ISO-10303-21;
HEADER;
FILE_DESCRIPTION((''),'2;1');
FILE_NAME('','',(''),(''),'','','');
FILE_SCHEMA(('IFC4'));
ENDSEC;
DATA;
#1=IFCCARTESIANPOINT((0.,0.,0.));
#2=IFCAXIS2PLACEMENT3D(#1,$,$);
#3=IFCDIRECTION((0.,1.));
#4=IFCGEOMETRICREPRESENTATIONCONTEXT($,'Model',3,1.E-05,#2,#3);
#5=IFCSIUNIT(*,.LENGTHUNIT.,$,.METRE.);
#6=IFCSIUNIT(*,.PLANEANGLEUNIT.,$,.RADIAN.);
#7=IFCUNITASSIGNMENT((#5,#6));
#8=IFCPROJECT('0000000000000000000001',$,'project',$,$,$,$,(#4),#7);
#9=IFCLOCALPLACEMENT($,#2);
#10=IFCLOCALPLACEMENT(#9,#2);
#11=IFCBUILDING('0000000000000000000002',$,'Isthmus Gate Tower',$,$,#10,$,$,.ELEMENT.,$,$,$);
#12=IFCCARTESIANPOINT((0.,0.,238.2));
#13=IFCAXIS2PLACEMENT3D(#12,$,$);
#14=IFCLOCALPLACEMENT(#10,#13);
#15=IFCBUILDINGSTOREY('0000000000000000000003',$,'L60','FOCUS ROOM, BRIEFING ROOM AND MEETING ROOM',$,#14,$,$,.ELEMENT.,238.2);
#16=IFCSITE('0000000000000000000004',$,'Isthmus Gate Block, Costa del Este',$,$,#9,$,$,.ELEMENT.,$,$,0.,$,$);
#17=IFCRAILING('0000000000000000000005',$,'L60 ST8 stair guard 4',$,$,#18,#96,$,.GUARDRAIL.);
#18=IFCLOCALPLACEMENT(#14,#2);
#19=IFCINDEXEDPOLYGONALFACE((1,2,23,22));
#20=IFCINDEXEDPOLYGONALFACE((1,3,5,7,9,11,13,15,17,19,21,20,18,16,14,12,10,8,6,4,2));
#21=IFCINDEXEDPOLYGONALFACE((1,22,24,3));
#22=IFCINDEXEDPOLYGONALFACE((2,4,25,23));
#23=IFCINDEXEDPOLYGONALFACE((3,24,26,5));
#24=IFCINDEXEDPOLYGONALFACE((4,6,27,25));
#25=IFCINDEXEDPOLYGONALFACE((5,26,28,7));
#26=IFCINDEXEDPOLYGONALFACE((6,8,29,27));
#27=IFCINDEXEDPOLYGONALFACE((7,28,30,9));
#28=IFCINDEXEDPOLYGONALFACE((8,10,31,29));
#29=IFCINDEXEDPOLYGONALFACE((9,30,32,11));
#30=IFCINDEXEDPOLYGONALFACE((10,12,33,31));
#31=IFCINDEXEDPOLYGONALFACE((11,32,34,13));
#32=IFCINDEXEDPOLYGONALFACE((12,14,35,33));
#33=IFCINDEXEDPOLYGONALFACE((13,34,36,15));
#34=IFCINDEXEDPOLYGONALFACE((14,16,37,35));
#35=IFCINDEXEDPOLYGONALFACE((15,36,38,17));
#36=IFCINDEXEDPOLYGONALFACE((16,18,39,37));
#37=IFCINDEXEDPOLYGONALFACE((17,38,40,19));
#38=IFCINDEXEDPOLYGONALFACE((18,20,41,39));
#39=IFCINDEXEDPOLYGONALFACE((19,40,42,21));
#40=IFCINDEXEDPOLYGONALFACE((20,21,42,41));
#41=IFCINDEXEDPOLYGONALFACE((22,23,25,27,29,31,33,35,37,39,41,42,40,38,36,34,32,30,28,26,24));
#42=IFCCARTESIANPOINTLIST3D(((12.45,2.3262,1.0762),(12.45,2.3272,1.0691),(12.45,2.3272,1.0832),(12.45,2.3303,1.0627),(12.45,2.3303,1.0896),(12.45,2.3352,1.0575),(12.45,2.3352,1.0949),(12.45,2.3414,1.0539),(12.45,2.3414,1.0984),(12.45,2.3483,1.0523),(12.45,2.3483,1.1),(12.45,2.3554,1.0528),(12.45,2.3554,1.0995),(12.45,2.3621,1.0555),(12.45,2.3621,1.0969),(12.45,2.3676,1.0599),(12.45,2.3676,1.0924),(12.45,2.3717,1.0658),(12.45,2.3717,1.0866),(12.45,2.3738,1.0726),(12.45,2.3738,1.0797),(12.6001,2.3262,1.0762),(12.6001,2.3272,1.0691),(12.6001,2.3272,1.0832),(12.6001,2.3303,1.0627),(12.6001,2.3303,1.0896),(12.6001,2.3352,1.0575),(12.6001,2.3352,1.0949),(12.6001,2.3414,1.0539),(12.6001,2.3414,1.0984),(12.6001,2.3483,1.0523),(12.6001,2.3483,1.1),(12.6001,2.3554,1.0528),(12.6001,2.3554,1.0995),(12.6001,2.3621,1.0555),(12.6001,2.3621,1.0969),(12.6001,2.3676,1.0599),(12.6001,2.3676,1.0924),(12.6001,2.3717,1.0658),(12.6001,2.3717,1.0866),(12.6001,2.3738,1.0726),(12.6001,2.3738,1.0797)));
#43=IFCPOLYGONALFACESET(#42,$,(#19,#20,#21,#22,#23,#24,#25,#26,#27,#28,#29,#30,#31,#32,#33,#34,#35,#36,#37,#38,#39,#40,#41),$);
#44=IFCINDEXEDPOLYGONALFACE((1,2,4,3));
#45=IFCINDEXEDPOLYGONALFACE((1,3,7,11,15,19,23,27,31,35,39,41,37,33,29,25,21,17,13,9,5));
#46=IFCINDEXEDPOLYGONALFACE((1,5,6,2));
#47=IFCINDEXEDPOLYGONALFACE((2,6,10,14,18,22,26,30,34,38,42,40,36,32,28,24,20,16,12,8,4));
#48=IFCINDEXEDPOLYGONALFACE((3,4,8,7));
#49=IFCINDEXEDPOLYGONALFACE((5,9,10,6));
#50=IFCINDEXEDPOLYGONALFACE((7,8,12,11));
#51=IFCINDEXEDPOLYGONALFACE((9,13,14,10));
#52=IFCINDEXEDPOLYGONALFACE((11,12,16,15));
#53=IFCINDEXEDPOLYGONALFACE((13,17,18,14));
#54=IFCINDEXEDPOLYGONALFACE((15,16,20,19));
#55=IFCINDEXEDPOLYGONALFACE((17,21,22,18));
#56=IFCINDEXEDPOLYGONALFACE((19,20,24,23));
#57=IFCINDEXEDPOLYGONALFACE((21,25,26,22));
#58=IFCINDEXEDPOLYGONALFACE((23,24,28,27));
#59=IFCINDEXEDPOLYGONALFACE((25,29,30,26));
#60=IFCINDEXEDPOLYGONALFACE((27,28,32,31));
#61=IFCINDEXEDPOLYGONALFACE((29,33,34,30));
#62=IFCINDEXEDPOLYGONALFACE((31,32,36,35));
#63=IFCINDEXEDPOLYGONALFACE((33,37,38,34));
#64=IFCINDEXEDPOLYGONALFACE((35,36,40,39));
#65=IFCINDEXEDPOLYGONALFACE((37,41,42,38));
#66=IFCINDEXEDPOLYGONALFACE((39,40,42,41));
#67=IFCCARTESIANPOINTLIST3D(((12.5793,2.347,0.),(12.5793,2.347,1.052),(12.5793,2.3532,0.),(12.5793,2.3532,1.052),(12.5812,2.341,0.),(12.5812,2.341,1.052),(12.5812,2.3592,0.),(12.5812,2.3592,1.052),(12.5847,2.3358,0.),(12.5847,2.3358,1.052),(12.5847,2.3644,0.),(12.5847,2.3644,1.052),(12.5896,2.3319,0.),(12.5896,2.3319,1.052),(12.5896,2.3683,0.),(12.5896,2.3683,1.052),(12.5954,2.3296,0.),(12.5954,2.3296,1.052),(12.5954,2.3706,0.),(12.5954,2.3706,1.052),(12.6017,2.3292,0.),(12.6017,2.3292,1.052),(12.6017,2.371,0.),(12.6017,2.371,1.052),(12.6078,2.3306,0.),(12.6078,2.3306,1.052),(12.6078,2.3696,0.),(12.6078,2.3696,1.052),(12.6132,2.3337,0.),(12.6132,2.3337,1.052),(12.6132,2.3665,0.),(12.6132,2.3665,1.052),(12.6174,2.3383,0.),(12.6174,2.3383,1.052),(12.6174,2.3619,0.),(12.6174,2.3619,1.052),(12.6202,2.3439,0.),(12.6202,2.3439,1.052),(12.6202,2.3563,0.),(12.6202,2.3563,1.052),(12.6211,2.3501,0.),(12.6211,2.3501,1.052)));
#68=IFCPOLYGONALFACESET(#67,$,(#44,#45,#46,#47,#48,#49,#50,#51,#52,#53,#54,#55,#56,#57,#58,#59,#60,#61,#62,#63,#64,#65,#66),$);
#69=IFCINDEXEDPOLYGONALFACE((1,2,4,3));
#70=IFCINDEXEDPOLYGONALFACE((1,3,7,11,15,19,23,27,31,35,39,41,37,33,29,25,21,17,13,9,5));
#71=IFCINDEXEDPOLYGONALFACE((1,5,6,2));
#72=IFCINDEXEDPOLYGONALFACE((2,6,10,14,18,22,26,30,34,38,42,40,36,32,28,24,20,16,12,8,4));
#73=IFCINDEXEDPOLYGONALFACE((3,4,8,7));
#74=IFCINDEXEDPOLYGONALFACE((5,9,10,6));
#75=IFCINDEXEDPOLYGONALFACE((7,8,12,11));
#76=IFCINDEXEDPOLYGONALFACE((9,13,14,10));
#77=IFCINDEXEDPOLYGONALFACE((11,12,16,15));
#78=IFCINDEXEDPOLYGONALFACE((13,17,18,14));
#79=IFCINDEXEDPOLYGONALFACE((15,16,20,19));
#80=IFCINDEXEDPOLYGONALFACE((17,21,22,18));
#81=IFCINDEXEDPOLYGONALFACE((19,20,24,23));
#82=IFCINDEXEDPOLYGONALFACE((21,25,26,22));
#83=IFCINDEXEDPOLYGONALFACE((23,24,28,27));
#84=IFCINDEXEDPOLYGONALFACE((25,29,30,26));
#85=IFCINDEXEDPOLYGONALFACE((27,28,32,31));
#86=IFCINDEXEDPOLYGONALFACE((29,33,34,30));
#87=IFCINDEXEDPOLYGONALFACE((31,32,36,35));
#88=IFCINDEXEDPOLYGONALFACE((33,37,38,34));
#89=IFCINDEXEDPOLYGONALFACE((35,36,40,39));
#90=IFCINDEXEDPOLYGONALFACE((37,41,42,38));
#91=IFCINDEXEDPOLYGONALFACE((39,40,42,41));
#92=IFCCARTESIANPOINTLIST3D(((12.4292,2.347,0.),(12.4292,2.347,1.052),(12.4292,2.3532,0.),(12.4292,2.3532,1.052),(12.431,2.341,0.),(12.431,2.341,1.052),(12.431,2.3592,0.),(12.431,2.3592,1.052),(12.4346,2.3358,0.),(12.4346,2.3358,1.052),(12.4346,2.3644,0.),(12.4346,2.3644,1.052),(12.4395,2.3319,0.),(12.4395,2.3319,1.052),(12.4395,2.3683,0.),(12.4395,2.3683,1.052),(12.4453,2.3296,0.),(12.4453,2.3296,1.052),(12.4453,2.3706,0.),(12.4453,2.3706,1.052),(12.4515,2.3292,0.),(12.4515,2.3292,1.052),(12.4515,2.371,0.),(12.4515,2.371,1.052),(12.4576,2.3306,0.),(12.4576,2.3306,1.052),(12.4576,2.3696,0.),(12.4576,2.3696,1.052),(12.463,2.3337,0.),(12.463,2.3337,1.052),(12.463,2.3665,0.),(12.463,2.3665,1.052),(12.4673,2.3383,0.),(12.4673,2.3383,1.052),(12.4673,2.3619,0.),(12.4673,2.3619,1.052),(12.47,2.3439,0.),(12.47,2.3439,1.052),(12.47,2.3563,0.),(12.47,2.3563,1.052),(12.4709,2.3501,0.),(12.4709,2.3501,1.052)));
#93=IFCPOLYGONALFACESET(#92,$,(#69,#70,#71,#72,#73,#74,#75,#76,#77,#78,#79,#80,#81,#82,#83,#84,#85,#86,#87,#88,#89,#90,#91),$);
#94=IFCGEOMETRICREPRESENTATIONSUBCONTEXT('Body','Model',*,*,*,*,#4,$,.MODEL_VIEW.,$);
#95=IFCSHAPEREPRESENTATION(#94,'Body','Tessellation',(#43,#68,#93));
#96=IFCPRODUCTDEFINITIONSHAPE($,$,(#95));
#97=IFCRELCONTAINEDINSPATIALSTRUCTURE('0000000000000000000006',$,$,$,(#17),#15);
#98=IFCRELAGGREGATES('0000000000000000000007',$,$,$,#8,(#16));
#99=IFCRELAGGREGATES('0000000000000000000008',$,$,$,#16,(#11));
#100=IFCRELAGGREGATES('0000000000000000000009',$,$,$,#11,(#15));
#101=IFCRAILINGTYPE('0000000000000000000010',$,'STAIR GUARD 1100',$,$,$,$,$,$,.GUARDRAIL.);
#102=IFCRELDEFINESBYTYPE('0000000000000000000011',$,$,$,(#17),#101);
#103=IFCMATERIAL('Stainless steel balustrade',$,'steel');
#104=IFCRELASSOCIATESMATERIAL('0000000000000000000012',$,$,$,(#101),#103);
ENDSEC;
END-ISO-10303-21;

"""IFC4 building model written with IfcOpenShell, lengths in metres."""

from ifc_helpers import new_model, si_unit, direction, frame, origin, origin_2d, place, context, subcontext, project, spatial, circle, extrude, material, type_object, element, save


model = new_model("IFC4")

# Units and contexts
model_context = context("Model", 3, precision=1e-05, world=origin(), true_north=direction((0.0, 1.0)))
body_context = subcontext(model_context, "Body", "Model", "MODEL_VIEW")
ifc_project = project(units=[si_unit("LENGTHUNIT", "METRE"), si_unit("PLANEANGLEUNIT", "RADIAN")], contexts=[model_context])

# Site, building, storey
site_placement = place(None, origin())
site = spatial("IfcSite", under=ifc_project, at=site_placement, Name="Isthmus Gate Block, Costa del Este", CompositionType="ELEMENT", RefElevation=0.0)
building_placement = place(site_placement, origin())
building = spatial("IfcBuilding", under=site, at=building_placement, Name="Isthmus Gate Tower", CompositionType="ELEMENT")
storey_placement = place(building_placement, frame((0.0, 0.0, 238.2)))
storey = spatial("IfcBuildingStorey", under=building, at=storey_placement, Name="L60", Description="FOCUS ROOM, BRIEFING ROOM AND MEETING ROOM", CompositionType="ELEMENT", Elevation=238.2)

# Railing
ifc_material_1 = material(Name="Stainless steel balustrade", Category="steel")
railing_type_1 = type_object("IfcRailingType", Name="STAIR GUARD 1100", PredefinedType="GUARDRAIL", material=ifc_material_1)
railing_1_placement = place(storey_placement, frame((12.6001, 2.3501, 0.0)))
element("IfcRailing", 1, at=railing_1_placement, inside=storey, type_object=railing_type_1, Name="L60 ST8 stair guard 4", PredefinedType="GUARDRAIL", context=body_context, shape_type="SweptSolid", body=[
    extrude(circle(Radius=0.0239, at=origin_2d()), frame((0.0, 0.0, 1.0762), z_axis=(-1.0, 0.0, 0.0), x_axis=(0.0, -1.0, 0.0)), (0.0, 0.0, 1.0), 0.1501),
    extrude(circle(Radius=0.021, at=origin_2d()), origin(), (0.0, 0.0, 1.0), 1.052),
    extrude(circle(Radius=0.021, at=origin_2d()), frame((-0.1501, 0.0, 0.0)), (0.0, 0.0, 1.0), 1.052),
])

save(model, "model.ifc")
